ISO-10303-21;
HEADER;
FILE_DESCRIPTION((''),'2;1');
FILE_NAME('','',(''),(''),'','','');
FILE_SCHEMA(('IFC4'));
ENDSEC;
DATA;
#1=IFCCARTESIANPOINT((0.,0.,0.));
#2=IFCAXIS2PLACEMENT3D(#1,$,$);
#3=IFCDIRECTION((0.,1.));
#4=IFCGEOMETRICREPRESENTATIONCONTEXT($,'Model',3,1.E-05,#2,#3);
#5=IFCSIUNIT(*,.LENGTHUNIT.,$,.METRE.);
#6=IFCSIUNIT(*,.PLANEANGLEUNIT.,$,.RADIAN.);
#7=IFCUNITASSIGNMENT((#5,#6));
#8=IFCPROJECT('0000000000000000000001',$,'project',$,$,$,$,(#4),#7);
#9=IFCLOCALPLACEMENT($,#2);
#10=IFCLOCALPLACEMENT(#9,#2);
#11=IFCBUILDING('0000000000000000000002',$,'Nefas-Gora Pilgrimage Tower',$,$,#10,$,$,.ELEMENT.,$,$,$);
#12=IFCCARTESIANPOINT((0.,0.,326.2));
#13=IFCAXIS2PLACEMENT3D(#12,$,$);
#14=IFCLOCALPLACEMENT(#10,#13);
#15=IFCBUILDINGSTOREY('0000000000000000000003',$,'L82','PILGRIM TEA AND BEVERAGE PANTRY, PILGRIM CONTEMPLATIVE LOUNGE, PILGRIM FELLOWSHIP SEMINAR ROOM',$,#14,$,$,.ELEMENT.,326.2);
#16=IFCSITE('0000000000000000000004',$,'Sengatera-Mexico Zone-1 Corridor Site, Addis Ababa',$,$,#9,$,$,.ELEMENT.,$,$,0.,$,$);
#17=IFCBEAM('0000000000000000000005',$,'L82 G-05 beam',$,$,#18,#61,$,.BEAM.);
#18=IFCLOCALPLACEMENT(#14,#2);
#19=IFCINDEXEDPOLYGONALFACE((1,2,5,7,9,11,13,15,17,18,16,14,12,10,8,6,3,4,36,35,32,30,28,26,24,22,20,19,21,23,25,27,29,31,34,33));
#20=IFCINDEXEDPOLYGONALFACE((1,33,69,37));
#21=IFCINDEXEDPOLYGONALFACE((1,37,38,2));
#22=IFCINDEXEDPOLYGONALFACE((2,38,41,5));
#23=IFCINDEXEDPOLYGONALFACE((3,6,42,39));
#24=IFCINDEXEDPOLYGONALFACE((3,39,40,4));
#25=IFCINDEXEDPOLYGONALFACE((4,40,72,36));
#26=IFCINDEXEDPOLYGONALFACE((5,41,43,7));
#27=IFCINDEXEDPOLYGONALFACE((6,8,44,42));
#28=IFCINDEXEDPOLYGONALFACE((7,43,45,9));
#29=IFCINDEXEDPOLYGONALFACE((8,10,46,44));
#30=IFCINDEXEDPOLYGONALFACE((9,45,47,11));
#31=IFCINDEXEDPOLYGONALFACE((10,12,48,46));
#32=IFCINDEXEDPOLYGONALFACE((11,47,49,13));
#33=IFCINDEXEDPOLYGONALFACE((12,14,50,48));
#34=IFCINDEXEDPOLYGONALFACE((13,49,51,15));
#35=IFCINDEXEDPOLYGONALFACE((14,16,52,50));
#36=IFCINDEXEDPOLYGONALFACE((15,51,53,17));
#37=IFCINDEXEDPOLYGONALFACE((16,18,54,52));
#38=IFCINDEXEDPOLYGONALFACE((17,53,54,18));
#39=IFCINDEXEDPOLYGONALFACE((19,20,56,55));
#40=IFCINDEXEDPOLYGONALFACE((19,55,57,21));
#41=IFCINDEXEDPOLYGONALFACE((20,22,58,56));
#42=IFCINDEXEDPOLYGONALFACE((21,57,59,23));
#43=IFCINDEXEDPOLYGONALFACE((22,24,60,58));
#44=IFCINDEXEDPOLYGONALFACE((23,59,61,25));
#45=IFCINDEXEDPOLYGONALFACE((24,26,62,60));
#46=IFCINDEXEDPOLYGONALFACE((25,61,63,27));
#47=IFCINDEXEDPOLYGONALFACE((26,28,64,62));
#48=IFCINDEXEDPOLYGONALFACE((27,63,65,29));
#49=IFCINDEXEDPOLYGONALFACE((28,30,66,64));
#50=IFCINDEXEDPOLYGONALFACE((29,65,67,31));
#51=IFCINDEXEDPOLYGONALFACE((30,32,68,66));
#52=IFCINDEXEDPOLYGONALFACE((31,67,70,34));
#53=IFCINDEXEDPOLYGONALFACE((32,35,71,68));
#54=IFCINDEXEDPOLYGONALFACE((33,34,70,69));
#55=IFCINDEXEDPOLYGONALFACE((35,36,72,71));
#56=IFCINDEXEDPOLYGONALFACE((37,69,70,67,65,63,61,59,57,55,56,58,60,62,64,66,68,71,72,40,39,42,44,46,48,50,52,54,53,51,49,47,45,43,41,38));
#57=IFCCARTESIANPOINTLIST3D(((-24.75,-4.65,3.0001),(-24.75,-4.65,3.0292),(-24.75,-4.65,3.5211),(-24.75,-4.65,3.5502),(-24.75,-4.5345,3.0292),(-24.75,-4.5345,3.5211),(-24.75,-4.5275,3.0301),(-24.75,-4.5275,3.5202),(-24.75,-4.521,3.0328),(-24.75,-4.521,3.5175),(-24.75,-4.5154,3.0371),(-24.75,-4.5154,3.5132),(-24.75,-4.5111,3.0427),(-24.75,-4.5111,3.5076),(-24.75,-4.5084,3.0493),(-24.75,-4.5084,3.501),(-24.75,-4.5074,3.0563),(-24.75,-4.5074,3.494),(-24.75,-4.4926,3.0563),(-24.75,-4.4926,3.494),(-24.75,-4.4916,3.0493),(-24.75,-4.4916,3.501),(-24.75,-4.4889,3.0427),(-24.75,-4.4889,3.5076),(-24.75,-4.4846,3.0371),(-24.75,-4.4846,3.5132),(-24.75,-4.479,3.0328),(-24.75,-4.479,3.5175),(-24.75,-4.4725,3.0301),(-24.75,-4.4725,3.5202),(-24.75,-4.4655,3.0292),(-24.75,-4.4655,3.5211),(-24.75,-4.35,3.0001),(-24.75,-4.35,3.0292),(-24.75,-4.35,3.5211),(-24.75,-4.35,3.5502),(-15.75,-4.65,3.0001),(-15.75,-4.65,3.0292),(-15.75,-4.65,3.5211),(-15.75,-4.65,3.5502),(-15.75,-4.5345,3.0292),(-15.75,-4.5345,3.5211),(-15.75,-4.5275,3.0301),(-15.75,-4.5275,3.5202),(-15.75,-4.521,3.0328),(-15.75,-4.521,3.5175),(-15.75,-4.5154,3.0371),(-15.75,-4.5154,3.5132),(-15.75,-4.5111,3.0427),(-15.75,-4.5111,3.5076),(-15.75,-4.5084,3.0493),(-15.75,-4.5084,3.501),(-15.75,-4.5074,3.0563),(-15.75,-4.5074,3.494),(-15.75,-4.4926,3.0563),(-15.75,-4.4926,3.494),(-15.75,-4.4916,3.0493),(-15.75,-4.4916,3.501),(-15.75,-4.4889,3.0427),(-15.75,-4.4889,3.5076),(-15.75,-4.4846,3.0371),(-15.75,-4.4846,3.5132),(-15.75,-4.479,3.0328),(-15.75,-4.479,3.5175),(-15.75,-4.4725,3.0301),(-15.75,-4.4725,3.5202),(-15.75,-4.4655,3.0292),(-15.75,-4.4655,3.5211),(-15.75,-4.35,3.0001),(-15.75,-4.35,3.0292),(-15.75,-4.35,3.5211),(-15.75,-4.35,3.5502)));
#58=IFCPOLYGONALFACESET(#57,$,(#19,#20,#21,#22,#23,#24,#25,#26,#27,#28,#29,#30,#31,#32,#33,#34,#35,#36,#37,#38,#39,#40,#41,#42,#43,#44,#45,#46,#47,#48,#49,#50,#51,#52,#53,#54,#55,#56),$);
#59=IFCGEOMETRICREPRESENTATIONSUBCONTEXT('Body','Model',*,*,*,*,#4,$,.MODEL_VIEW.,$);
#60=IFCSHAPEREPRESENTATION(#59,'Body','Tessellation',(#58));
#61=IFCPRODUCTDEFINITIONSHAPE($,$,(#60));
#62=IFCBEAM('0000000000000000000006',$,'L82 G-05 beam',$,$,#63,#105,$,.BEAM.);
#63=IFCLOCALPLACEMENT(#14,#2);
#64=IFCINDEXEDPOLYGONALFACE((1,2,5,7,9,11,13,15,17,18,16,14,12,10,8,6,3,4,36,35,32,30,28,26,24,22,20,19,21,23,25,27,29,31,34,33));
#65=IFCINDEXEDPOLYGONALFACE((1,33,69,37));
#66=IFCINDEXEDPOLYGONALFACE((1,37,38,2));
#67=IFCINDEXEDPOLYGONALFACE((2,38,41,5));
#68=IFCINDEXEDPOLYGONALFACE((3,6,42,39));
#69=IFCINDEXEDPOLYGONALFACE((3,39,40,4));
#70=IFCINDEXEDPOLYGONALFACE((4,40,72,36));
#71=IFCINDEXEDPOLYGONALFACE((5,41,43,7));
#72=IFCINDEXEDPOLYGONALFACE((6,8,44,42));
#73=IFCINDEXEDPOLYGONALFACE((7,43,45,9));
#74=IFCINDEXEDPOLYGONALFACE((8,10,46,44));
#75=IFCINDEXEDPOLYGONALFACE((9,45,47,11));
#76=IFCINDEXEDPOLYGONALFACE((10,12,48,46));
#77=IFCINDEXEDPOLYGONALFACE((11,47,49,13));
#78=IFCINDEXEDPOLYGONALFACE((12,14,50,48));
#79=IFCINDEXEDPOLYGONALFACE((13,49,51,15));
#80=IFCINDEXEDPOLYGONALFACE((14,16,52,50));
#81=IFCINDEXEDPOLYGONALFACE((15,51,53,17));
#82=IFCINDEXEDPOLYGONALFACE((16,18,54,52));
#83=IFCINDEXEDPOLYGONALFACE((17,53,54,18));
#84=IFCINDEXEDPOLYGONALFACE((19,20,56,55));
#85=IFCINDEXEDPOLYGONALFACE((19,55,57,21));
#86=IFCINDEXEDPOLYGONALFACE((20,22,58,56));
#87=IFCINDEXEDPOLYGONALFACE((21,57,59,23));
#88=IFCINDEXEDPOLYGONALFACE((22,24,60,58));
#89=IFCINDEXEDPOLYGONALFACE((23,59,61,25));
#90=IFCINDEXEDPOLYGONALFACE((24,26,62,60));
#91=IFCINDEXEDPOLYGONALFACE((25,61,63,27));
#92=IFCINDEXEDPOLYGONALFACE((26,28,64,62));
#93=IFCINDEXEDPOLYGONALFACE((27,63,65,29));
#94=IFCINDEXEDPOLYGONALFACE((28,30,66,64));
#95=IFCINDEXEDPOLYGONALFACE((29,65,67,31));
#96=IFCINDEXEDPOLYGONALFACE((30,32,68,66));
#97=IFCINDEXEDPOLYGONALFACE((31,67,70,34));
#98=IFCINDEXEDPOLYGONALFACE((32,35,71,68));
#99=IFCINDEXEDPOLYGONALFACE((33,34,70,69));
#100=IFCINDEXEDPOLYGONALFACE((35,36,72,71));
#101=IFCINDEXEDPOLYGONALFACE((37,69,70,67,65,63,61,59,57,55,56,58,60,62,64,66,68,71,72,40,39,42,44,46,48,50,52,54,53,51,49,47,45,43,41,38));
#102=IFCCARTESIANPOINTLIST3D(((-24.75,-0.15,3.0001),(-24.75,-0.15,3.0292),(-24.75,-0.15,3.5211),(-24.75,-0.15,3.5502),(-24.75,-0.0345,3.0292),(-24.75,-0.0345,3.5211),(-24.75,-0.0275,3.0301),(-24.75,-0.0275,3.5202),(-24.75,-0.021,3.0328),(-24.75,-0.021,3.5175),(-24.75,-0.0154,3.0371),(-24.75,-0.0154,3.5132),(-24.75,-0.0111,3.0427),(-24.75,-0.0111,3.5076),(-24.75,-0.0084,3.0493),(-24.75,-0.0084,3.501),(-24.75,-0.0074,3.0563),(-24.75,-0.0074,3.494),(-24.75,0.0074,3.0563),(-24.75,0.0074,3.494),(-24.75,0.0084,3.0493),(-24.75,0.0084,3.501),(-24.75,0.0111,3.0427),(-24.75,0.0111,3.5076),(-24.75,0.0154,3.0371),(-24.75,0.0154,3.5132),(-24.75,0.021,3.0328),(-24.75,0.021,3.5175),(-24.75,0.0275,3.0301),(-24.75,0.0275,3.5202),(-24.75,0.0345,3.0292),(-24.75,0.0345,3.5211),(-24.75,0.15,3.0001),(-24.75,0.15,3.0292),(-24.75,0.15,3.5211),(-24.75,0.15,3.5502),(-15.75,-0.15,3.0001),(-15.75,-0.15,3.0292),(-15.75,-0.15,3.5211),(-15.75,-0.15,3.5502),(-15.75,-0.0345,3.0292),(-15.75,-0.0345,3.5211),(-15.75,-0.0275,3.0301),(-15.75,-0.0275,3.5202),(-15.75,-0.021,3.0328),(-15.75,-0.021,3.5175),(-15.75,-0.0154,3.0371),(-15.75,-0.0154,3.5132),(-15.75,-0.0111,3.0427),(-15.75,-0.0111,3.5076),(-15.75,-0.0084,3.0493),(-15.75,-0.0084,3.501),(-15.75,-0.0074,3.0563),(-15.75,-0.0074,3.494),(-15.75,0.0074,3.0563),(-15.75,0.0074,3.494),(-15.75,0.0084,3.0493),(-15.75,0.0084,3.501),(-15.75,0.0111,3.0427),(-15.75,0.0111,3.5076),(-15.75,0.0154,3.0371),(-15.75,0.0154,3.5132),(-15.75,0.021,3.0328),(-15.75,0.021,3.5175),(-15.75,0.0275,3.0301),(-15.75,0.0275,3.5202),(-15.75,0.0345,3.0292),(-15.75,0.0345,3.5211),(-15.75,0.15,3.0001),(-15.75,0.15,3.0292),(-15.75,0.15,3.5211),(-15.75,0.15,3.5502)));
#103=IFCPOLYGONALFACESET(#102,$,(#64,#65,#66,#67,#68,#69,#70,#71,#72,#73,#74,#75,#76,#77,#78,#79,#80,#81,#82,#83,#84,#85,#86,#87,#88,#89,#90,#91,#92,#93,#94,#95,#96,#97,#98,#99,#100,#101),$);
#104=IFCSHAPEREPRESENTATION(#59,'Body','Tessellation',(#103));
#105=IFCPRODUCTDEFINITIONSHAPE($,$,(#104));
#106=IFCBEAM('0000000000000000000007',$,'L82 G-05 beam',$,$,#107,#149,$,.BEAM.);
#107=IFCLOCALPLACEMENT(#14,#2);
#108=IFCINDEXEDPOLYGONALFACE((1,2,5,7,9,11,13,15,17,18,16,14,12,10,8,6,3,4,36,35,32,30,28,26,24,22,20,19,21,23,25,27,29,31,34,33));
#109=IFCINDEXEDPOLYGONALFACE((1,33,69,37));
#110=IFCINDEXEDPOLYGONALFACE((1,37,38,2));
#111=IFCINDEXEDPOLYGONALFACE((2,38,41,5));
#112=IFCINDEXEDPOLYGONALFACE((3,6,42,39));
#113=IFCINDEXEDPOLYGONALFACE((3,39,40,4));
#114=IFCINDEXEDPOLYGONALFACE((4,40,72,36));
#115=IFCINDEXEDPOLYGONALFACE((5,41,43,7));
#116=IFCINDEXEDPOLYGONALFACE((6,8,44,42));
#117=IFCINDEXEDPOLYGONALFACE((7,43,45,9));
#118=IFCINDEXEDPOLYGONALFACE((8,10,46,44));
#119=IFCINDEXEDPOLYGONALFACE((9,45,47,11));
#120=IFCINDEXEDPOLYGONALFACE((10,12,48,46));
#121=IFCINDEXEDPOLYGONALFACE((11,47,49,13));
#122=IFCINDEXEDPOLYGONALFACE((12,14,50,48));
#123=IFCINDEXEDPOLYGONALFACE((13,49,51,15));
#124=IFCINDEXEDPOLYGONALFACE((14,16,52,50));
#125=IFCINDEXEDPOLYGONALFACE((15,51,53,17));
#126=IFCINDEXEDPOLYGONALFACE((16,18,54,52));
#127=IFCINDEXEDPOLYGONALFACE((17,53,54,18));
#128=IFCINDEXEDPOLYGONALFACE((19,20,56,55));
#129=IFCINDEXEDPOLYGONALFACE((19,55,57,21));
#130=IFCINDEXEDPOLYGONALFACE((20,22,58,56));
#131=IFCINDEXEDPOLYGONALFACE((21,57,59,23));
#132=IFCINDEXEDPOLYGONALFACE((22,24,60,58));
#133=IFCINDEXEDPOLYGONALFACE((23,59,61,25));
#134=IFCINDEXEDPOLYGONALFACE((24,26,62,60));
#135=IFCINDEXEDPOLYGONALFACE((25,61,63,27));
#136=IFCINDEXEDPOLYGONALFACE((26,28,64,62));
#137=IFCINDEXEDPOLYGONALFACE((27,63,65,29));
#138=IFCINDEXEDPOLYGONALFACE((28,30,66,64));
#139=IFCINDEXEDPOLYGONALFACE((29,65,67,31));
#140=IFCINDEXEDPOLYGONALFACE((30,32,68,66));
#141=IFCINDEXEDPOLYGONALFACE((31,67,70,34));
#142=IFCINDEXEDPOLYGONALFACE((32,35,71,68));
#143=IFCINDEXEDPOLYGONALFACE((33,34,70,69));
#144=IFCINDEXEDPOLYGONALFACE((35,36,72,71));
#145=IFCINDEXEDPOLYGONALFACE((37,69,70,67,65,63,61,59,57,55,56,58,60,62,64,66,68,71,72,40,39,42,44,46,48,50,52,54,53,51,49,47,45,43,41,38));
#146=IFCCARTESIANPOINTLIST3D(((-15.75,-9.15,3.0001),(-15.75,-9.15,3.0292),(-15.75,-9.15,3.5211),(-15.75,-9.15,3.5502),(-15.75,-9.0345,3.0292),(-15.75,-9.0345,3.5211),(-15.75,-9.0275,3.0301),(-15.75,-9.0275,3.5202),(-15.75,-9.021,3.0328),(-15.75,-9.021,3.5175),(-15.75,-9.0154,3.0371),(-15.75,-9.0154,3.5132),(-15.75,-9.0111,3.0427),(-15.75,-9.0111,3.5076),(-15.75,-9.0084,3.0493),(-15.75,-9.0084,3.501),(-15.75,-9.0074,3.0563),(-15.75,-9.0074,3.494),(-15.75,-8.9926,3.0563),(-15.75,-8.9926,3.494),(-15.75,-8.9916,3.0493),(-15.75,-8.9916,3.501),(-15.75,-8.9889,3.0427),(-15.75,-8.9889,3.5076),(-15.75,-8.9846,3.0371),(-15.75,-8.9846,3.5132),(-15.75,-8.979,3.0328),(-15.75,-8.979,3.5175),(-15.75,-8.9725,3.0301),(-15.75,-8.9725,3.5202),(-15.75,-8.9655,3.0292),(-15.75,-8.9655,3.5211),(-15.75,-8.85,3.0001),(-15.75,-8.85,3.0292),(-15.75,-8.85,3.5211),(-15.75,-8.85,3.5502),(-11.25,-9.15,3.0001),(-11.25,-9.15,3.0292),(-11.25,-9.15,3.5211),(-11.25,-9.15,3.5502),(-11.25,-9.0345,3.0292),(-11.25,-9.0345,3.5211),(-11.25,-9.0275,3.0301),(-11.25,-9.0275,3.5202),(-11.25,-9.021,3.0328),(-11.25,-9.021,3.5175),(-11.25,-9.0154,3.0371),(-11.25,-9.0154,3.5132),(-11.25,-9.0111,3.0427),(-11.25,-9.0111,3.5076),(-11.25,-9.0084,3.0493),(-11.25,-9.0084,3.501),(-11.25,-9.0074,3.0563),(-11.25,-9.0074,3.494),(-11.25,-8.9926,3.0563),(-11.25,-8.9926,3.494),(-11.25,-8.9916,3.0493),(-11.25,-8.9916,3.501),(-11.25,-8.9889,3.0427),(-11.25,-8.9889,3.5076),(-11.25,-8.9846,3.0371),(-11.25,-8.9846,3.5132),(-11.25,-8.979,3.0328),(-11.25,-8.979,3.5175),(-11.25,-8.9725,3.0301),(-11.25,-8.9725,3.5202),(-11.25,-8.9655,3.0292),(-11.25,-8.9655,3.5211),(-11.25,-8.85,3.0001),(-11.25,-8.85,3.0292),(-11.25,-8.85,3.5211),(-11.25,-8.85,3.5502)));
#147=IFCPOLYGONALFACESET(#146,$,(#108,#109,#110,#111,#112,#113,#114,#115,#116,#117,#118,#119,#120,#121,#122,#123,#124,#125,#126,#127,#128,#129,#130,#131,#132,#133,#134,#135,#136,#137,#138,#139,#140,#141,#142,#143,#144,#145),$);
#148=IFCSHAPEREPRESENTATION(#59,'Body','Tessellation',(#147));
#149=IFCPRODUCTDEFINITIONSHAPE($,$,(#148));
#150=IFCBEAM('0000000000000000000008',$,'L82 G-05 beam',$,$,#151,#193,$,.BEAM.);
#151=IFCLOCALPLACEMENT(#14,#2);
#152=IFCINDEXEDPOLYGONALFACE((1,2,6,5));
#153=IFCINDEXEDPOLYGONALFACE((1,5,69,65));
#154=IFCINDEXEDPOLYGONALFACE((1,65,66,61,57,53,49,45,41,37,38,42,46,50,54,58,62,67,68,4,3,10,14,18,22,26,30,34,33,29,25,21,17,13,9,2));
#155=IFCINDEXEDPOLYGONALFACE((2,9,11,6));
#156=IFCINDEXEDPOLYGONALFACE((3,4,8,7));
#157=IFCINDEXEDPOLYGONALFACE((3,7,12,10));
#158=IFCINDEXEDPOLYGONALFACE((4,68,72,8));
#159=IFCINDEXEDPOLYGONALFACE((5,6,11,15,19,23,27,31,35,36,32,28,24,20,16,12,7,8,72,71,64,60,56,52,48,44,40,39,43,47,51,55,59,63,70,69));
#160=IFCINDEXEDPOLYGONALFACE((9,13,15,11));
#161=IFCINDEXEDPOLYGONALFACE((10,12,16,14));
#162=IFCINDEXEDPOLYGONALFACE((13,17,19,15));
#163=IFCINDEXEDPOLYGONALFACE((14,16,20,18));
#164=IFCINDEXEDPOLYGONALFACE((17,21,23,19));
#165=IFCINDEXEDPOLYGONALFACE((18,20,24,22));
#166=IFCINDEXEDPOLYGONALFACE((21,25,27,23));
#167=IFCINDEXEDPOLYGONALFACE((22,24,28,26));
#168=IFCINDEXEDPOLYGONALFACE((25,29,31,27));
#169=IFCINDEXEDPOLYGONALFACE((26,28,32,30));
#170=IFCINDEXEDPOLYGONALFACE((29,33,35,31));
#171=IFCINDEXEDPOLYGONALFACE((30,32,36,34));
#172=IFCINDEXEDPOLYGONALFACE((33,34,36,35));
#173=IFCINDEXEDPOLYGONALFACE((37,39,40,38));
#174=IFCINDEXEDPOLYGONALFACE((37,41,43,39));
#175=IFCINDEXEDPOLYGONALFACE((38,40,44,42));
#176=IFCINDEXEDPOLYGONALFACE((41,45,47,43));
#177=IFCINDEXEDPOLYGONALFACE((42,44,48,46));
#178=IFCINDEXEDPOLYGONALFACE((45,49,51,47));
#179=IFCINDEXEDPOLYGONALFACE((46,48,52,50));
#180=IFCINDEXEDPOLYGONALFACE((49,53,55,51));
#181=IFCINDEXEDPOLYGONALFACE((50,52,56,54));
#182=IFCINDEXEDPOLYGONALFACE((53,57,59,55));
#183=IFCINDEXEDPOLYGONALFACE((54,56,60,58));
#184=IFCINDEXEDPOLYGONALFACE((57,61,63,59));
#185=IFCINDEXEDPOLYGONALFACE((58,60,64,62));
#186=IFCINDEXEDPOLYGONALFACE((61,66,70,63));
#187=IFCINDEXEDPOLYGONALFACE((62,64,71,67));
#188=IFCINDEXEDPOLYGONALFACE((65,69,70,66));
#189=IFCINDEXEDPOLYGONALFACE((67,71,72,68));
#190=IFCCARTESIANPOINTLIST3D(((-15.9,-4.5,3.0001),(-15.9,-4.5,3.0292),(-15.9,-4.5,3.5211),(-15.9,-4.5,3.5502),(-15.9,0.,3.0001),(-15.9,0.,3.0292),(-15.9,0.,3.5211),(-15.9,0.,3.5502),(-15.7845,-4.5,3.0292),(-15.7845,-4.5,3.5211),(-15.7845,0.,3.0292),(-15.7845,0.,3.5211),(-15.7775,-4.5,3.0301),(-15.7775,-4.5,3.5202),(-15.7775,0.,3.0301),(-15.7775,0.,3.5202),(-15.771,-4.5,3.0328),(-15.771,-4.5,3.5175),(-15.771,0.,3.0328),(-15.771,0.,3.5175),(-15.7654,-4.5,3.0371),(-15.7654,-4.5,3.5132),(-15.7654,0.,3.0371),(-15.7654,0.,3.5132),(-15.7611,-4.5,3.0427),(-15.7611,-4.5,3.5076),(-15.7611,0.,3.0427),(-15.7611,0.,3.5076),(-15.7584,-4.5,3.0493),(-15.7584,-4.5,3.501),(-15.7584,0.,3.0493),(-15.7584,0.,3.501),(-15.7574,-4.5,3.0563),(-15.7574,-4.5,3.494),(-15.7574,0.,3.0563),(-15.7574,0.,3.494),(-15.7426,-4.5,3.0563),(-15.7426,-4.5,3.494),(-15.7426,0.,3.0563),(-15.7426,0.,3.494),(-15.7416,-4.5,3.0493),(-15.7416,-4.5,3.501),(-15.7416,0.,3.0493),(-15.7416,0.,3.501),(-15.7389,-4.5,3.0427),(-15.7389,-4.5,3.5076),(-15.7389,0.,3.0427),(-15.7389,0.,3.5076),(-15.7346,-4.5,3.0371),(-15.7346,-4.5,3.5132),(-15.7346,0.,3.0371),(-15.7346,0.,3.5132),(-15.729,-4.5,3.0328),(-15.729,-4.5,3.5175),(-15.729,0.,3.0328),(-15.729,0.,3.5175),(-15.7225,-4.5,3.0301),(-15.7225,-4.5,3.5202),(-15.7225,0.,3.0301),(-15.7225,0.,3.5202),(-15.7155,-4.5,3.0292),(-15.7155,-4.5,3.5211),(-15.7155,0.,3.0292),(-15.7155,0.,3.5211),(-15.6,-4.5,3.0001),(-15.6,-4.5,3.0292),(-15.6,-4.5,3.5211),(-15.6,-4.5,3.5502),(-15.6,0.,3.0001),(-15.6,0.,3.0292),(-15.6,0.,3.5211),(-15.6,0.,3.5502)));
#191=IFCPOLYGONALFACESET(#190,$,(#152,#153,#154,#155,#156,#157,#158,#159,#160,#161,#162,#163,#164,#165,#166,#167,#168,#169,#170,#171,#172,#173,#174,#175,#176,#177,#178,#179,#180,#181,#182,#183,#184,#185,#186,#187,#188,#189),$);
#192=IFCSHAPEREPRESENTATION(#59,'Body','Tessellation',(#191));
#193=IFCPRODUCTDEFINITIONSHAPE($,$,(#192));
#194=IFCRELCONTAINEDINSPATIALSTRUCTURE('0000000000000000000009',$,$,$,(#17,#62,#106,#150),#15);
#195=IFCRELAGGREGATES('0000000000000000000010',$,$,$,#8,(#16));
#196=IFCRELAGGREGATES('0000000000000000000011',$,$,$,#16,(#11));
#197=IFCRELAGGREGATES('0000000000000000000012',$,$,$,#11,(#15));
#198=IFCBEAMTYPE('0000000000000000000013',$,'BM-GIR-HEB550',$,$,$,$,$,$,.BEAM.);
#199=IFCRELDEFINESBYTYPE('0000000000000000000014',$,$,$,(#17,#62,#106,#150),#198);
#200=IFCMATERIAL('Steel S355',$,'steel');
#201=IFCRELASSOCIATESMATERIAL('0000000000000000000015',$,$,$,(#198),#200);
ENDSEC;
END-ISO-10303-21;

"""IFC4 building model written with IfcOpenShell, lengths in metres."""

from ifc_helpers import new_model, si_unit, direction, frame, origin, origin_2d, place, context, subcontext, project, spatial, i_section, extrude, source, transform, mapped, material, material_profile, profile_set, type_object, element, save


model = new_model("IFC4")

# Units and contexts
model_context = context("Model", 3, precision=1e-05, world=origin(), true_north=direction((0.0, 1.0)))
body_context = subcontext(model_context, "Body", "Model", "MODEL_VIEW")
ifc_project = project(units=[si_unit("LENGTHUNIT", "METRE"), si_unit("PLANEANGLEUNIT", "RADIAN")], contexts=[model_context])

# Site, building, storey
site_placement = place(None, origin())
site = spatial("IfcSite", under=ifc_project, at=site_placement, Name="Sengatera-Mexico Zone-1 Corridor Site, Addis Ababa", CompositionType="ELEMENT", RefElevation=0.0)
building_placement = place(site_placement, origin())
building = spatial("IfcBuilding", under=site, at=building_placement, Name="Nefas-Gora Pilgrimage Tower", CompositionType="ELEMENT")
storey_placement = place(building_placement, frame((0.0, 0.0, 326.2)))
storey = spatial("IfcBuildingStorey", under=building, at=storey_placement, Name="L82", Description="PILGRIM TEA AND BEVERAGE PANTRY, PILGRIM CONTEMPLATIVE LOUNGE, PILGRIM FELLOWSHIP SEMINAR ROOM", CompositionType="ELEMENT", Elevation=326.2)

# Shared definitions
ifc_material_1 = material(Name="Steel S355", Category="steel")

# Beams
ifc_material_profile_1 = material_profile(ifc_material_1, i_section(OverallWidth=0.3, OverallDepth=0.55, WebThickness=0.0149, FlangeThickness=0.0291, FilletRadius=0.0271, at=origin_2d()), Name="HEB 550")
ifc_profile_set_1 = profile_set([ifc_material_profile_1], Name="Steel S355")
beam_type_1 = type_object("IfcBeamType", Name="BM-GIR-HEB550", PredefinedType="BEAM", material=ifc_profile_set_1)
shared_shape_1 = source(origin(), body_context, "Body", "SweptSolid", [
    extrude(i_section(OverallWidth=0.3, OverallDepth=0.55, WebThickness=0.0149, FlangeThickness=0.0291, FilletRadius=0.0271, at=origin_2d()), origin(), (0.0, 0.0, 1.0), 9.0),
])
for number, where, z_axis, x_axis, name in (
    (1, (-24.75, -4.5, 3.2751), (1.0, 0.0, 0.0), (0.0, 1.0, 0.0), "L82 G-05 beam"),
    (2, (-24.75, 0.0, 3.2751), (1.0, 0.0, 0.0), (0.0, 1.0, 0.0), "L82 G-05 beam"),
):
    element("IfcBeam", number, at=place(storey_placement, frame(where, z_axis=z_axis, x_axis=x_axis)), inside=storey, type_object=beam_type_1, Name=name, PredefinedType="BEAM", context=body_context, shape_type="MappedRepresentation", body=[
        mapped(shared_shape_1, transform((0.0, 0.0, 0.0), x_axis=(1.0, 0.0, 0.0), y_axis=(0.0, 1.0, 0.0), z_axis=(0.0, 0.0, 1.0), scale=1.0)),
    ])
shared_shape_2 = source(origin(), body_context, "Body", "SweptSolid", [
    extrude(i_section(OverallWidth=0.3, OverallDepth=0.55, WebThickness=0.0149, FlangeThickness=0.0291, FilletRadius=0.0271, at=origin_2d()), origin(), (0.0, 0.0, 1.0), 4.5),
])
for number, where, z_axis, x_axis, name in (
    (3, (-15.75, -9.0, 3.2751), (1.0, 0.0, 0.0), (0.0, 1.0, 0.0), "L82 G-05 beam"),
    (4, (-15.75, -4.5, 3.2751), (0.0, 1.0, 0.0), (-1.0, 0.0, 0.0), "L82 G-05 beam"),
):
    element("IfcBeam", number, at=place(storey_placement, frame(where, z_axis=z_axis, x_axis=x_axis)), inside=storey, type_object=beam_type_1, Name=name, PredefinedType="BEAM", context=body_context, shape_type="MappedRepresentation", body=[
        mapped(shared_shape_2, transform((0.0, 0.0, 0.0), x_axis=(1.0, 0.0, 0.0), y_axis=(0.0, 1.0, 0.0), z_axis=(0.0, 0.0, 1.0), scale=1.0)),
    ])

save(model, "model.ifc")
